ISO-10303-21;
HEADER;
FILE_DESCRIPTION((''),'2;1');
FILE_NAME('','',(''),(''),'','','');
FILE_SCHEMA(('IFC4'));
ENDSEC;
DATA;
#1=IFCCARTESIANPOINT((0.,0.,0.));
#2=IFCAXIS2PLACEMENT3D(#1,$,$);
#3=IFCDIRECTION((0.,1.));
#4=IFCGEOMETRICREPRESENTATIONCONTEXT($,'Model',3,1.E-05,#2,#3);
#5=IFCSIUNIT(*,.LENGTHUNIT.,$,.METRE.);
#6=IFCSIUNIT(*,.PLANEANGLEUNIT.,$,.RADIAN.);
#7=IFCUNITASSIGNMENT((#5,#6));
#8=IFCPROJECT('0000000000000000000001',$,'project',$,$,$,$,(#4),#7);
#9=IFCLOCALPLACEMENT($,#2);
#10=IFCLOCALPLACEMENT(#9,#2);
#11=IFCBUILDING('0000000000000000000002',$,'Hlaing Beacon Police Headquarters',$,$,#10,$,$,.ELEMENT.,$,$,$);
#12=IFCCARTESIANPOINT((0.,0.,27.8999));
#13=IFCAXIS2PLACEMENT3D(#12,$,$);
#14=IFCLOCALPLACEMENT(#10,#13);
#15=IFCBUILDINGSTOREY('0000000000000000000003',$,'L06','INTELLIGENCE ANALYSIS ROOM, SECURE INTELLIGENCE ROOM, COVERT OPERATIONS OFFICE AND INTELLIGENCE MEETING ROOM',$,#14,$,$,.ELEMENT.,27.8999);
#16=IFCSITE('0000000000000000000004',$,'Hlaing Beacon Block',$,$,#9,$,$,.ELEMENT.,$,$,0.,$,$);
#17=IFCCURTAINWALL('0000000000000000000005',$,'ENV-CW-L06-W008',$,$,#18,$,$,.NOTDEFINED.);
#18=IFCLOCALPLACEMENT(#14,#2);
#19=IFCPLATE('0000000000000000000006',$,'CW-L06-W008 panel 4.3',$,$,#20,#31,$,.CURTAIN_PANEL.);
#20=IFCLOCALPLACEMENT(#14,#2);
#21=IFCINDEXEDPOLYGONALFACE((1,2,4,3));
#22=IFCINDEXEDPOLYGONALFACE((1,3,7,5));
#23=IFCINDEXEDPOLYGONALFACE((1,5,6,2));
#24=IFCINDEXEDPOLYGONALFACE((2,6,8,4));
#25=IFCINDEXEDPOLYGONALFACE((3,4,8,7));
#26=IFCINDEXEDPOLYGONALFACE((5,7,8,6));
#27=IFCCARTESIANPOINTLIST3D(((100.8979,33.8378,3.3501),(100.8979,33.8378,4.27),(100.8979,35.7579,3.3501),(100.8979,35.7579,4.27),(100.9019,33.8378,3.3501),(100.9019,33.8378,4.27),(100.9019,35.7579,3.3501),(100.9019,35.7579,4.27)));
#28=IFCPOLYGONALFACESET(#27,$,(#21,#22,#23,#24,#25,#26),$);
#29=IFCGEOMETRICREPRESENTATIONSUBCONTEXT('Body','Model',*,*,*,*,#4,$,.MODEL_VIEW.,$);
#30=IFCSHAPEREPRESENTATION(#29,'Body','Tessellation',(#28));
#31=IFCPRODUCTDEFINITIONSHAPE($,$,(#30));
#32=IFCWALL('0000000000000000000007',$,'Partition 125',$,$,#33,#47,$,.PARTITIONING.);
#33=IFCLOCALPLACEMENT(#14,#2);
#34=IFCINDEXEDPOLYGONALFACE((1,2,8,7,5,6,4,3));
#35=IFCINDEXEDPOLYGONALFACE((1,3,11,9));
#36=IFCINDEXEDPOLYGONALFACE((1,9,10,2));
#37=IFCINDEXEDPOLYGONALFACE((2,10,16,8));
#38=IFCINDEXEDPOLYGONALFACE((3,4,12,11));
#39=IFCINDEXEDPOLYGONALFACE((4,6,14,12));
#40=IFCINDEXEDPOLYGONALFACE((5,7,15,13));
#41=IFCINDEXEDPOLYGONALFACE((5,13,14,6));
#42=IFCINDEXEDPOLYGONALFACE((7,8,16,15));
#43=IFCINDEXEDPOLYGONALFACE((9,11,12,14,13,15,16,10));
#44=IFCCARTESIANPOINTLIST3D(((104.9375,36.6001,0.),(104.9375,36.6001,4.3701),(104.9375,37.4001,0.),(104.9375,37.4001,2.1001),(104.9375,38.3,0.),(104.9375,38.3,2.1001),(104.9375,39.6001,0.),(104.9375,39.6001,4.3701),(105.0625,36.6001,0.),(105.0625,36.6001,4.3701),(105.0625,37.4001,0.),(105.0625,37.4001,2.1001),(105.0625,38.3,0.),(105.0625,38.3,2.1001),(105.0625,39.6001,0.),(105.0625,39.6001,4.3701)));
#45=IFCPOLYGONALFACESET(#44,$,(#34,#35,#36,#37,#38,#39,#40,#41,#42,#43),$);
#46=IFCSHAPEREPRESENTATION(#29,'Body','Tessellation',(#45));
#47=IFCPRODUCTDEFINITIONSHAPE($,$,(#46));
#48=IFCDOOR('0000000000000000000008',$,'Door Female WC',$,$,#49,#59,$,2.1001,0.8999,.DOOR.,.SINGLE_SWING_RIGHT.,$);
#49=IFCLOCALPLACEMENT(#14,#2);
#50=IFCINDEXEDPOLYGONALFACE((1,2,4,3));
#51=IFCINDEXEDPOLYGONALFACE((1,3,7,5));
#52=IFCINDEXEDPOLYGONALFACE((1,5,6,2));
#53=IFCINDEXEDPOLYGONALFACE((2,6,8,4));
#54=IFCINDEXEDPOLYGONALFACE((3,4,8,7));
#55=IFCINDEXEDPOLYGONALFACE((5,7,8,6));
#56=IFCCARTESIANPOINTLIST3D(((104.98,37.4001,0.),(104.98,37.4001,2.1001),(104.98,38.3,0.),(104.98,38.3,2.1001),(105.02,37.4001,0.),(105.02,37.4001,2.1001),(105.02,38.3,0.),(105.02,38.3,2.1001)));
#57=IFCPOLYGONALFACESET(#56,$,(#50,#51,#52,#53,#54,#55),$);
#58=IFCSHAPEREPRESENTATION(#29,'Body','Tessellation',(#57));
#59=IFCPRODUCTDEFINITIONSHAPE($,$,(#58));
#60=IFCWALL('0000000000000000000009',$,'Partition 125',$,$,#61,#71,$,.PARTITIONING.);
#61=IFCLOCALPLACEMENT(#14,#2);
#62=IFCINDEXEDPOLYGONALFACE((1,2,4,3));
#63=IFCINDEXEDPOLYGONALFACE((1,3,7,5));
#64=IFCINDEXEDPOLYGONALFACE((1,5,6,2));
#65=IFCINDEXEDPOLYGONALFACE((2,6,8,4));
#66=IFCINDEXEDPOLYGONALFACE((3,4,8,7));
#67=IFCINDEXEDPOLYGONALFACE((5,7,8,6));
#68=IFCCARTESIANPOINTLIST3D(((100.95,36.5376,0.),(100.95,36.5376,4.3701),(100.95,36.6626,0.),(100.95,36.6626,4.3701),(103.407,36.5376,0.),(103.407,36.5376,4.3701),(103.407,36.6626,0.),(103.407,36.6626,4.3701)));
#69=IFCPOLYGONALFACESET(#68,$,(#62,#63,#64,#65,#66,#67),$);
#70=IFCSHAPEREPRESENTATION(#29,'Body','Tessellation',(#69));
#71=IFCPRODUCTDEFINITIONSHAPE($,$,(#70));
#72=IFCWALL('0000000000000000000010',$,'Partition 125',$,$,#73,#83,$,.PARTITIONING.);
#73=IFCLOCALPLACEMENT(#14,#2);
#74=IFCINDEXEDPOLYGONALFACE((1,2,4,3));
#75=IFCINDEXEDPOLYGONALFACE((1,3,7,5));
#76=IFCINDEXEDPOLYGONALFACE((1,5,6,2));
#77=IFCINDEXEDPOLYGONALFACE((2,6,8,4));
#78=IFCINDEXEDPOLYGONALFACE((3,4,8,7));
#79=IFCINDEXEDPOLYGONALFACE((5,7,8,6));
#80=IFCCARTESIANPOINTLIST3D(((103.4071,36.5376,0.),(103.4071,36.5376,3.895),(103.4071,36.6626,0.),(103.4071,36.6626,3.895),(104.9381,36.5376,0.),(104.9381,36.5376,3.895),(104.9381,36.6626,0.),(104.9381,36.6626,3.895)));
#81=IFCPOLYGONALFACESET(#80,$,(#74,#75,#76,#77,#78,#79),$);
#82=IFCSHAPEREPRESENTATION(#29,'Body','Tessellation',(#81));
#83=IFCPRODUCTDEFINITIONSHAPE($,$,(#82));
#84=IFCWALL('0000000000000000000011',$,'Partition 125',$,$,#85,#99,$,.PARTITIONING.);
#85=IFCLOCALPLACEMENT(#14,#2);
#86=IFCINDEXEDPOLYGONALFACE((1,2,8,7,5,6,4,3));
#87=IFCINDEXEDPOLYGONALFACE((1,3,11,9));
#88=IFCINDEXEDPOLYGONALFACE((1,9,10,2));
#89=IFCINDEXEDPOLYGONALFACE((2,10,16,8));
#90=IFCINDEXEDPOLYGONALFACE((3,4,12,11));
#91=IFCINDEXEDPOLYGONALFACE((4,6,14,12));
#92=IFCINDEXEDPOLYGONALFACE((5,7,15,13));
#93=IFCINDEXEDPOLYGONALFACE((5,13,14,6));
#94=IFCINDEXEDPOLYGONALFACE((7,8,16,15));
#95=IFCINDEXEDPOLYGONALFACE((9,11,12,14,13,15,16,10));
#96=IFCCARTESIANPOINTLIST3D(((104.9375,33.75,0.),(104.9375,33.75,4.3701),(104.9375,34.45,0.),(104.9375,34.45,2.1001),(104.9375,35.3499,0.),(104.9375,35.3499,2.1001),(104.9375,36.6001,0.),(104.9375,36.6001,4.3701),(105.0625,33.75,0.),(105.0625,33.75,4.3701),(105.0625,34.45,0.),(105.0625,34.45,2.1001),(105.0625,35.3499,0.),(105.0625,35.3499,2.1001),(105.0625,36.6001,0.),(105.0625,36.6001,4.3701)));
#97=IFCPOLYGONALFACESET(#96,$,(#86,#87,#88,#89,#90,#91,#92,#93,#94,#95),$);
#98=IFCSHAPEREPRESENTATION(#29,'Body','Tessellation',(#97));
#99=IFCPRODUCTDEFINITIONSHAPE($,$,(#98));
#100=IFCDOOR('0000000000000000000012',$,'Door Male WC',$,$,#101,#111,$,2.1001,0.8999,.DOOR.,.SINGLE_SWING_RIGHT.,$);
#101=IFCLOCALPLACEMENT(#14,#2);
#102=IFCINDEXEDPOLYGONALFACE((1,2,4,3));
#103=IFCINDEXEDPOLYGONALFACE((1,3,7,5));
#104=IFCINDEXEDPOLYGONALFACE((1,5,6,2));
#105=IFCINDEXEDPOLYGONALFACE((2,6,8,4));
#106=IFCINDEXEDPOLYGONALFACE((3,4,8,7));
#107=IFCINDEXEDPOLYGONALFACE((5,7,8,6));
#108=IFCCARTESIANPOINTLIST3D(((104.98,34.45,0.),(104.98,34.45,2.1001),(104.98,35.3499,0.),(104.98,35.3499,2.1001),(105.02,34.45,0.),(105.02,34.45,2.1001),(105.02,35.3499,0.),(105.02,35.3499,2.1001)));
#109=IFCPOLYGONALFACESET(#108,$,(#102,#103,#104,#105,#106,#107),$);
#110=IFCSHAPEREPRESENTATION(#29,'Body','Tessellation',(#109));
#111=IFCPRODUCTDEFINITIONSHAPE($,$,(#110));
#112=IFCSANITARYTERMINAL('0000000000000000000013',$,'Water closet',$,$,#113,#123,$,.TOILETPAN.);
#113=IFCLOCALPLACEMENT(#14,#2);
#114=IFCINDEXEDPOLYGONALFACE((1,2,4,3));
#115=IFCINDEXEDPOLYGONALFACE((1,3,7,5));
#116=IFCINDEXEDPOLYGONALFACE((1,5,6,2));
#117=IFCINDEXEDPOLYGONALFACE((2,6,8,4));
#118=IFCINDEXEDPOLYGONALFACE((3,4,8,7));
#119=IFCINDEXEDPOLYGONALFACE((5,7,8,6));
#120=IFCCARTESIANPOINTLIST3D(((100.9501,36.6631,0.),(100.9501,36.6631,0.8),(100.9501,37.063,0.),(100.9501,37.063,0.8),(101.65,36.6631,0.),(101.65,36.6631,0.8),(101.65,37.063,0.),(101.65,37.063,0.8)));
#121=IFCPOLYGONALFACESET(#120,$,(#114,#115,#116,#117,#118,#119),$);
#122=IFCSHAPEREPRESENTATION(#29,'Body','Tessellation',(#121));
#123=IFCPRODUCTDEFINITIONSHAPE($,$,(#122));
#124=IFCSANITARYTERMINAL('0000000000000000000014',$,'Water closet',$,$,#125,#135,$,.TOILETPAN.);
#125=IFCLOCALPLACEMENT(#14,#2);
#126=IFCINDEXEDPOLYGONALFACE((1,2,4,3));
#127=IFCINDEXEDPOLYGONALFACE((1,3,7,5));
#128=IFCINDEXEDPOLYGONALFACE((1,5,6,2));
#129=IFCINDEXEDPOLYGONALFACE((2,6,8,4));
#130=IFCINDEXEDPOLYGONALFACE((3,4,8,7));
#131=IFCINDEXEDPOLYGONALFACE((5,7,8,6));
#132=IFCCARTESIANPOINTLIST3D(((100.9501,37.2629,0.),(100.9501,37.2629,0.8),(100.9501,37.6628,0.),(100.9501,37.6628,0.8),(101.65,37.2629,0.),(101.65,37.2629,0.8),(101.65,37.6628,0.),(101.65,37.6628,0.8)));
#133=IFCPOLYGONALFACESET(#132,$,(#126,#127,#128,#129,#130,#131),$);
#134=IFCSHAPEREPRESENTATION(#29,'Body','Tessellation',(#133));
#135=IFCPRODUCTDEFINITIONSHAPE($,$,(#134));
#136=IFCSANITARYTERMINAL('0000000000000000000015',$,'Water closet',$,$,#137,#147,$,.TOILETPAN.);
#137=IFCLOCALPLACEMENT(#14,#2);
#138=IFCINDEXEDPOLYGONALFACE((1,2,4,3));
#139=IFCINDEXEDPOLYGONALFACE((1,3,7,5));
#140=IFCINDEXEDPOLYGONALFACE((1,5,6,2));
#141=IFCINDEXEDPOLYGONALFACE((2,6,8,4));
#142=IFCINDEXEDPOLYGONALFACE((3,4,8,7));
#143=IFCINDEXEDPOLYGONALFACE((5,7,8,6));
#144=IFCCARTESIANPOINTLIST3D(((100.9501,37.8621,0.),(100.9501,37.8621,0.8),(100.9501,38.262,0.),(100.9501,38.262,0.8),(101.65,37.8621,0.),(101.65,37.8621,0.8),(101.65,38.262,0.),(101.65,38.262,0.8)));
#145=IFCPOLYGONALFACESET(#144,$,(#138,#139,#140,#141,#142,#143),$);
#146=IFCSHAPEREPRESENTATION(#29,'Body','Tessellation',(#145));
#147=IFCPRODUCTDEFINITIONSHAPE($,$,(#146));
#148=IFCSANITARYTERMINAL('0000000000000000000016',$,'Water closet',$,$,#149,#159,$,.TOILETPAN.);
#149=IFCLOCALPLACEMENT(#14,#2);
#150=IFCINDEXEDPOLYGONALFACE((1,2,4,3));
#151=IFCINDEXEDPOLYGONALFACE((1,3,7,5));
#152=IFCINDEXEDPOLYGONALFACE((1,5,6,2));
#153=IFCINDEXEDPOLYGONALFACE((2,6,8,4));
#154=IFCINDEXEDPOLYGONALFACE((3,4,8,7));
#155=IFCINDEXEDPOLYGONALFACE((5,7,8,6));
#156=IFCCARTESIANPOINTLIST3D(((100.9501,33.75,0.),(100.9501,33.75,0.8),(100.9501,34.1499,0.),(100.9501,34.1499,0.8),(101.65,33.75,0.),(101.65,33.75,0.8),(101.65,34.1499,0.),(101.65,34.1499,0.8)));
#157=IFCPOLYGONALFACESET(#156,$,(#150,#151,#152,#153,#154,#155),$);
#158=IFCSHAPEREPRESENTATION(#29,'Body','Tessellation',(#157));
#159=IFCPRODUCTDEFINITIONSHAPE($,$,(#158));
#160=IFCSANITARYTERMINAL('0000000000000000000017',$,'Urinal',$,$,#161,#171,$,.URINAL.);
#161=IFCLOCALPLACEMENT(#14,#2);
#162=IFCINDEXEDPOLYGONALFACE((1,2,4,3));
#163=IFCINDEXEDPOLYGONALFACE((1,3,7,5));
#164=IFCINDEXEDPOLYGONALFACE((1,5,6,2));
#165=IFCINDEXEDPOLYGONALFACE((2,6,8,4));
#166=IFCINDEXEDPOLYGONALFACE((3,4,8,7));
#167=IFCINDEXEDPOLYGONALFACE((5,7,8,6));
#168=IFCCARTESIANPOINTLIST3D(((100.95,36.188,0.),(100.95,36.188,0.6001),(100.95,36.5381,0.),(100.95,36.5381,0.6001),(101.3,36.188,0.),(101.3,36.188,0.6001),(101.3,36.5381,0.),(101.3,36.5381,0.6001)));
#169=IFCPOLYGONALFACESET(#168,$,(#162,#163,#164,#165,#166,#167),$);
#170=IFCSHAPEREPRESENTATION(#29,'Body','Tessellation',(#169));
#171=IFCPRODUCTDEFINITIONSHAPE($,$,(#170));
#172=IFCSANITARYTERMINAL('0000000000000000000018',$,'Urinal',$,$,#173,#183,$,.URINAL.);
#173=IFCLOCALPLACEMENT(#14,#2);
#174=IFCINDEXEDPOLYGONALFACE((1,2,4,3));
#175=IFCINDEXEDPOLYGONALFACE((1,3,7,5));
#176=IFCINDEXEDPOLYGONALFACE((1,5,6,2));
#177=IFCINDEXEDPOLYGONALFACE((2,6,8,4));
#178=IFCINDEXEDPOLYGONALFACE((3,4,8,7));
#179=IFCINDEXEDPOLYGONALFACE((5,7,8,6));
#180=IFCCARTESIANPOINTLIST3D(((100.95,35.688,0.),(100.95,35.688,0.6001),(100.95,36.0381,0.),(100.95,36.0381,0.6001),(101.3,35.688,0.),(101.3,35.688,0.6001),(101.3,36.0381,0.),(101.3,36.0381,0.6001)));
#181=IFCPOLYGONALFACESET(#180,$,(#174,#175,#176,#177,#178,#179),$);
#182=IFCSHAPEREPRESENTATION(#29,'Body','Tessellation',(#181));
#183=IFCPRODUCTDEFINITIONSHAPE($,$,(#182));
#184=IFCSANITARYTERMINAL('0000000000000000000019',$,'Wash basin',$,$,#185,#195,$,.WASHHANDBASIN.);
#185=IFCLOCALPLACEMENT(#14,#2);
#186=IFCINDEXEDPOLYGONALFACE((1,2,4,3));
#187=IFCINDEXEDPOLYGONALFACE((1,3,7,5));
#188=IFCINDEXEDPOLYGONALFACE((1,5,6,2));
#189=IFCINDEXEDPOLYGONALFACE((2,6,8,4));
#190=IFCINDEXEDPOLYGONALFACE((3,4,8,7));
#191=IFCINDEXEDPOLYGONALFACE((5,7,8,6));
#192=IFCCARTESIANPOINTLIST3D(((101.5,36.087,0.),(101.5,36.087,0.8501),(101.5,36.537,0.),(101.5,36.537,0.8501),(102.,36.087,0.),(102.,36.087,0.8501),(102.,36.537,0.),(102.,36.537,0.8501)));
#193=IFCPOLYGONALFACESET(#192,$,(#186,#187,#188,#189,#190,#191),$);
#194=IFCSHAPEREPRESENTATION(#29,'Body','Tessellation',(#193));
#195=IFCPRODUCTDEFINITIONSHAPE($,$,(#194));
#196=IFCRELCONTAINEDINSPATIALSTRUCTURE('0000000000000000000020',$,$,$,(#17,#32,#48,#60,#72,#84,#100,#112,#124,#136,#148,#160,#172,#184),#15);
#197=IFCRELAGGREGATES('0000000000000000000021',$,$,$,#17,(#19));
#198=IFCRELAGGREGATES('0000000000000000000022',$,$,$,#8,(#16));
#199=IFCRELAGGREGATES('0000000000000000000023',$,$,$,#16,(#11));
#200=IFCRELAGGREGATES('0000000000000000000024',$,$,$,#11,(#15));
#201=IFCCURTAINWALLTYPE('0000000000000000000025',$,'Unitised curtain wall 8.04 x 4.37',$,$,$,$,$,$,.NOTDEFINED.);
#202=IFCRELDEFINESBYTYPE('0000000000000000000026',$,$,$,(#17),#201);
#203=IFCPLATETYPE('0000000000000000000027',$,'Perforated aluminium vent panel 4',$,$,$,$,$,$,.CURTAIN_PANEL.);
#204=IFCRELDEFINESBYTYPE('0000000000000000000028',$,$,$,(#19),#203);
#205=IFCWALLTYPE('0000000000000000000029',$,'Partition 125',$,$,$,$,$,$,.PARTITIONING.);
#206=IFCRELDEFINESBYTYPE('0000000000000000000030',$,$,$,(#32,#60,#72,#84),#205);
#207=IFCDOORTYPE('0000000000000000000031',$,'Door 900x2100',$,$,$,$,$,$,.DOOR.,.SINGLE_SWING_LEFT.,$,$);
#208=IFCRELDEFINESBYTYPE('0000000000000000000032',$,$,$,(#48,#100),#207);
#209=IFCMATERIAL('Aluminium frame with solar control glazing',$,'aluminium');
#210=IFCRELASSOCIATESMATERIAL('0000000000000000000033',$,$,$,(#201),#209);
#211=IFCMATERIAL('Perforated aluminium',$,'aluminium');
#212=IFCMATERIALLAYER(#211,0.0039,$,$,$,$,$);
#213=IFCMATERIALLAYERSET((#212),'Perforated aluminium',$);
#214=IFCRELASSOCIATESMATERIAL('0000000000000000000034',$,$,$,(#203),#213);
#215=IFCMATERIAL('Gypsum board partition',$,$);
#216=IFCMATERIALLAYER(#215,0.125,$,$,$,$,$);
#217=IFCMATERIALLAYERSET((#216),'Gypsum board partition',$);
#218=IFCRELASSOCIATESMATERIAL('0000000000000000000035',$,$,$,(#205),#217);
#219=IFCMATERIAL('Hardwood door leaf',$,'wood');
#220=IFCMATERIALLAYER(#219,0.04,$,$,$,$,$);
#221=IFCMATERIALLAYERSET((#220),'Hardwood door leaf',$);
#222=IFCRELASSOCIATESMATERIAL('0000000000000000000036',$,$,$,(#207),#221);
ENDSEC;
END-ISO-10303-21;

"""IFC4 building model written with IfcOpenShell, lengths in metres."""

from ifc_helpers import new_model, si_unit, direction, frame, frame_2d, origin, origin_2d, place, context, subcontext, project, spatial, rectangle, extrude, material, layer, layer_set, type_object, element, fill, aggregate, save


model = new_model("IFC4")

# Units and contexts
model_context = context("Model", 3, precision=1e-05, world=origin(), true_north=direction((0.0, 1.0)))
body_context = subcontext(model_context, "Body", "Model", "MODEL_VIEW")
ifc_project = project(units=[si_unit("LENGTHUNIT", "METRE"), si_unit("PLANEANGLEUNIT", "RADIAN")], contexts=[model_context])

# Site, building, storey
site_placement = place(None, origin())
site = spatial("IfcSite", under=ifc_project, at=site_placement, Name="Hlaing Beacon Block", CompositionType="ELEMENT", RefElevation=0.0)
building_placement = place(site_placement, origin())
building = spatial("IfcBuilding", under=site, at=building_placement, Name="Hlaing Beacon Police Headquarters", CompositionType="ELEMENT")
storey_placement = place(building_placement, frame((0.0, 0.0, 27.8999)))
storey = spatial("IfcBuildingStorey", under=building, at=storey_placement, Name="L06", Description="INTELLIGENCE ANALYSIS ROOM, SECURE INTELLIGENCE ROOM, COVERT OPERATIONS OFFICE AND INTELLIGENCE MEETING ROOM", CompositionType="ELEMENT", Elevation=27.8999)

# Curtain wall
ifc_material_1 = material(Name="Aluminium frame with solar control glazing", Category="aluminium")
curtain_wall_type = type_object("IfcCurtainWallType", Name="Unitised curtain wall 8.04 x 4.37", PredefinedType="NOTDEFINED", material=ifc_material_1)
curtain_wall_placement = place(storey_placement, origin())
curtain_wall = element("IfcCurtainWall", 1, at=curtain_wall_placement, inside=storey, type_object=curtain_wall_type, Name="ENV-CW-L06-W008", PredefinedType="NOTDEFINED")

# Plate
ifc_material_2 = material(Name="Perforated aluminium", Category="aluminium")
ifc_layer_1 = layer(ifc_material_2, 0.0039)
ifc_layer_set_1 = layer_set([ifc_layer_1], Name="Perforated aluminium")
plate_type_1 = type_object("IfcPlateType", Name="Perforated aluminium vent panel 4", PredefinedType="CURTAIN_PANEL", material=ifc_layer_set_1)
plate_1_placement = place(storey_placement, frame((100.8999, 34.7979, 3.3501), z_axis=(0.0, 0.0, 1.0), x_axis=(0.0, -1.0, 0.0)))
plate_1 = element("IfcPlate", 2, at=plate_1_placement, type_object=plate_type_1, Name="CW-L06-W008 panel 4.3", PredefinedType="CURTAIN_PANEL", context=body_context, shape_type="SweptSolid", body=[
    extrude(rectangle(XDim=1.9202, YDim=0.0039, at=origin_2d()), origin(), (0.0, 0.0, 1.0), 0.9199),
])
aggregate(curtain_wall, [plate_1])

# Wall, opening, door
ifc_material_3 = material(Name="Gypsum board partition")
ifc_layer_2 = layer(ifc_material_3, 0.125)
ifc_layer_set_2 = layer_set([ifc_layer_2], Name="Gypsum board partition")
wall_type = type_object("IfcWallType", Name="Partition 125", PredefinedType="PARTITIONING", material=ifc_layer_set_2)
wall_1_placement = place(storey_placement, frame((105.0, 36.6001, 0.0), z_axis=(0.0, 0.0, 1.0), x_axis=(0.0, 1.0, 0.0)))
wall_1 = element("IfcWall", 3, at=wall_1_placement, inside=storey, type_object=wall_type, Name="Partition 125", PredefinedType="PARTITIONING", context=body_context, shape_type="SweptSolid", body=[
    extrude(rectangle(XDim=3.0, YDim=0.125, at=frame_2d((1.5, 0.0))), origin(), (0.0, 0.0, 1.0), 4.3701),
])
opening_1_placement = place(wall_1_placement, frame((0.8, 0.0, 0.0)))
opening_1 = element("IfcOpeningElement", 4, at=opening_1_placement, cuts=wall_1, PredefinedType="OPENING", context=body_context, shape_type="SweptSolid", body=[
    extrude(rectangle(XDim=0.8999, YDim=2.1001, at=frame_2d((0.45, 1.05))), frame((0.0, 0.0725, 0.0), z_axis=(0.0, -1.0, 0.0), x_axis=(1.0, 0.0, 0.0)), (0.0, 0.0, 1.0), 0.145),
])
ifc_material_4 = material(Name="Hardwood door leaf", Category="wood")
ifc_layer_3 = layer(ifc_material_4, 0.04)
ifc_layer_set_3 = layer_set([ifc_layer_3], Name="Hardwood door leaf")
door_type = type_object("IfcDoorType", Name="Door 900x2100", OperationType="SINGLE_SWING_LEFT", PredefinedType="DOOR", material=ifc_layer_set_3)
door_1_placement = place(opening_1_placement, origin())
door_1 = element("IfcDoor", 5, at=door_1_placement, inside=storey, type_object=door_type, Name="Door Female WC", OperationType="SINGLE_SWING_RIGHT", OverallHeight=2.1001, OverallWidth=0.8999, PredefinedType="DOOR", context=body_context, shape_type="SweptSolid", body=[
    extrude(rectangle(XDim=0.8999, YDim=2.1001, at=frame_2d((0.45, 1.05))), frame((0.0, 0.02, 0.0), z_axis=(0.0, -1.0, 0.0), x_axis=(1.0, 0.0, 0.0)), (0.0, 0.0, 1.0), 0.04),
])
fill(opening_1, door_1)

# Walls
wall_2_placement = place(storey_placement, frame((100.95, 36.6001, 0.0), z_axis=(0.0, 0.0, 1.0), x_axis=(1.0, 0.0, 0.0)))
element("IfcWall", 6, at=wall_2_placement, inside=storey, type_object=wall_type, Name="Partition 125", PredefinedType="PARTITIONING", context=body_context, shape_type="SweptSolid", body=[
    extrude(rectangle(XDim=2.457, YDim=0.125, at=frame_2d((1.2285, 0.0))), origin(), (0.0, 0.0, 1.0), 4.3701),
])
wall_3_placement = place(storey_placement, frame((103.407, 36.6001, 0.0), z_axis=(0.0, 0.0, 1.0), x_axis=(1.0, 0.0, 0.0)))
element("IfcWall", 7, at=wall_3_placement, inside=storey, type_object=wall_type, Name="Partition 125", PredefinedType="PARTITIONING", context=body_context, shape_type="SweptSolid", body=[
    extrude(rectangle(XDim=1.531, YDim=0.125, at=frame_2d((0.7656, 0.0))), origin(), (0.0, 0.0, 1.0), 3.895),
])

# Wall, opening, door
wall_4_placement = place(storey_placement, frame((105.0, 33.75, 0.0), z_axis=(0.0, 0.0, 1.0), x_axis=(0.0, 1.0, 0.0)))
wall_4 = element("IfcWall", 8, at=wall_4_placement, inside=storey, type_object=wall_type, Name="Partition 125", PredefinedType="PARTITIONING", context=body_context, shape_type="SweptSolid", body=[
    extrude(rectangle(XDim=2.8501, YDim=0.125, at=frame_2d((1.425, 0.0))), origin(), (0.0, 0.0, 1.0), 4.3701),
])
opening_2_placement = place(wall_4_placement, frame((0.7, 0.0, 0.0)))
opening_2 = element("IfcOpeningElement", 9, at=opening_2_placement, cuts=wall_4, PredefinedType="OPENING", context=body_context, shape_type="SweptSolid", body=[
    extrude(rectangle(XDim=0.8999, YDim=2.1001, at=frame_2d((0.45, 1.05))), frame((0.0, 0.0725, 0.0), z_axis=(0.0, -1.0, 0.0), x_axis=(1.0, 0.0, 0.0)), (0.0, 0.0, 1.0), 0.145),
])
door_2_placement = place(opening_2_placement, origin())
door_2 = element("IfcDoor", 10, at=door_2_placement, inside=storey, type_object=door_type, Name="Door Male WC", OperationType="SINGLE_SWING_RIGHT", OverallHeight=2.1001, OverallWidth=0.8999, PredefinedType="DOOR", context=body_context, shape_type="SweptSolid", body=[
    extrude(rectangle(XDim=0.8999, YDim=2.1001, at=frame_2d((0.45, 1.05))), frame((0.0, 0.02, 0.0), z_axis=(0.0, -1.0, 0.0), x_axis=(1.0, 0.0, 0.0)), (0.0, 0.0, 1.0), 0.04),
])
fill(opening_2, door_2)

# Sanitary terminals
for number, where, z_axis, x_axis, name in (
    (11, (101.3, 36.863, 0.0), (0.0, 0.0, 1.0), (1.0, 0.0, 0.0), "Water closet"),
    (12, (101.3, 37.4629, 0.0), (0.0, 0.0, 1.0), (1.0, 0.0, 0.0), "Water closet"),
    (13, (101.3, 38.062, 0.0), (0.0, 0.0, 1.0), (1.0, 0.0, 0.0), "Water closet"),
    (14, (101.3, 33.95, 0.0), (0.0, 0.0, 1.0), (1.0, 0.0, 0.0), "Water closet"),
):
    element("IfcSanitaryTerminal", number, at=place(storey_placement, frame(where, z_axis=z_axis, x_axis=x_axis)), inside=storey, Name=name, PredefinedType="TOILETPAN", context=body_context, shape_type="SweptSolid", body=[
        extrude(rectangle(XDim=0.7, YDim=0.3999, at=origin_2d()), origin(), (0.0, 0.0, 1.0), 0.8),
    ])
for number, where, z_axis, x_axis, name in (
    (15, (101.125, 36.363, 0.0), (0.0, 0.0, 1.0), (1.0, 0.0, 0.0), "Urinal"),
    (16, (101.125, 35.863, 0.0), (0.0, 0.0, 1.0), (1.0, 0.0, 0.0), "Urinal"),
):
    element("IfcSanitaryTerminal", number, at=place(storey_placement, frame(where, z_axis=z_axis, x_axis=x_axis)), inside=storey, Name=name, PredefinedType="URINAL", context=body_context, shape_type="SweptSolid", body=[
        extrude(rectangle(XDim=0.3501, YDim=0.3501, at=origin_2d()), origin(), (0.0, 0.0, 1.0), 0.6001),
    ])
for number, where, z_axis, x_axis, name in (
    (17, (101.75, 36.312, 0.0), (0.0, 0.0, 1.0), (1.0, 0.0, 0.0), "Wash basin"),
):
    element("IfcSanitaryTerminal", number, at=place(storey_placement, frame(where, z_axis=z_axis, x_axis=x_axis)), inside=storey, Name=name, PredefinedType="WASHHANDBASIN", context=body_context, shape_type="SweptSolid", body=[
        extrude(rectangle(XDim=0.5, YDim=0.45, at=origin_2d()), origin(), (0.0, 0.0, 1.0), 0.8501),
    ])

save(model, "model.ifc")
